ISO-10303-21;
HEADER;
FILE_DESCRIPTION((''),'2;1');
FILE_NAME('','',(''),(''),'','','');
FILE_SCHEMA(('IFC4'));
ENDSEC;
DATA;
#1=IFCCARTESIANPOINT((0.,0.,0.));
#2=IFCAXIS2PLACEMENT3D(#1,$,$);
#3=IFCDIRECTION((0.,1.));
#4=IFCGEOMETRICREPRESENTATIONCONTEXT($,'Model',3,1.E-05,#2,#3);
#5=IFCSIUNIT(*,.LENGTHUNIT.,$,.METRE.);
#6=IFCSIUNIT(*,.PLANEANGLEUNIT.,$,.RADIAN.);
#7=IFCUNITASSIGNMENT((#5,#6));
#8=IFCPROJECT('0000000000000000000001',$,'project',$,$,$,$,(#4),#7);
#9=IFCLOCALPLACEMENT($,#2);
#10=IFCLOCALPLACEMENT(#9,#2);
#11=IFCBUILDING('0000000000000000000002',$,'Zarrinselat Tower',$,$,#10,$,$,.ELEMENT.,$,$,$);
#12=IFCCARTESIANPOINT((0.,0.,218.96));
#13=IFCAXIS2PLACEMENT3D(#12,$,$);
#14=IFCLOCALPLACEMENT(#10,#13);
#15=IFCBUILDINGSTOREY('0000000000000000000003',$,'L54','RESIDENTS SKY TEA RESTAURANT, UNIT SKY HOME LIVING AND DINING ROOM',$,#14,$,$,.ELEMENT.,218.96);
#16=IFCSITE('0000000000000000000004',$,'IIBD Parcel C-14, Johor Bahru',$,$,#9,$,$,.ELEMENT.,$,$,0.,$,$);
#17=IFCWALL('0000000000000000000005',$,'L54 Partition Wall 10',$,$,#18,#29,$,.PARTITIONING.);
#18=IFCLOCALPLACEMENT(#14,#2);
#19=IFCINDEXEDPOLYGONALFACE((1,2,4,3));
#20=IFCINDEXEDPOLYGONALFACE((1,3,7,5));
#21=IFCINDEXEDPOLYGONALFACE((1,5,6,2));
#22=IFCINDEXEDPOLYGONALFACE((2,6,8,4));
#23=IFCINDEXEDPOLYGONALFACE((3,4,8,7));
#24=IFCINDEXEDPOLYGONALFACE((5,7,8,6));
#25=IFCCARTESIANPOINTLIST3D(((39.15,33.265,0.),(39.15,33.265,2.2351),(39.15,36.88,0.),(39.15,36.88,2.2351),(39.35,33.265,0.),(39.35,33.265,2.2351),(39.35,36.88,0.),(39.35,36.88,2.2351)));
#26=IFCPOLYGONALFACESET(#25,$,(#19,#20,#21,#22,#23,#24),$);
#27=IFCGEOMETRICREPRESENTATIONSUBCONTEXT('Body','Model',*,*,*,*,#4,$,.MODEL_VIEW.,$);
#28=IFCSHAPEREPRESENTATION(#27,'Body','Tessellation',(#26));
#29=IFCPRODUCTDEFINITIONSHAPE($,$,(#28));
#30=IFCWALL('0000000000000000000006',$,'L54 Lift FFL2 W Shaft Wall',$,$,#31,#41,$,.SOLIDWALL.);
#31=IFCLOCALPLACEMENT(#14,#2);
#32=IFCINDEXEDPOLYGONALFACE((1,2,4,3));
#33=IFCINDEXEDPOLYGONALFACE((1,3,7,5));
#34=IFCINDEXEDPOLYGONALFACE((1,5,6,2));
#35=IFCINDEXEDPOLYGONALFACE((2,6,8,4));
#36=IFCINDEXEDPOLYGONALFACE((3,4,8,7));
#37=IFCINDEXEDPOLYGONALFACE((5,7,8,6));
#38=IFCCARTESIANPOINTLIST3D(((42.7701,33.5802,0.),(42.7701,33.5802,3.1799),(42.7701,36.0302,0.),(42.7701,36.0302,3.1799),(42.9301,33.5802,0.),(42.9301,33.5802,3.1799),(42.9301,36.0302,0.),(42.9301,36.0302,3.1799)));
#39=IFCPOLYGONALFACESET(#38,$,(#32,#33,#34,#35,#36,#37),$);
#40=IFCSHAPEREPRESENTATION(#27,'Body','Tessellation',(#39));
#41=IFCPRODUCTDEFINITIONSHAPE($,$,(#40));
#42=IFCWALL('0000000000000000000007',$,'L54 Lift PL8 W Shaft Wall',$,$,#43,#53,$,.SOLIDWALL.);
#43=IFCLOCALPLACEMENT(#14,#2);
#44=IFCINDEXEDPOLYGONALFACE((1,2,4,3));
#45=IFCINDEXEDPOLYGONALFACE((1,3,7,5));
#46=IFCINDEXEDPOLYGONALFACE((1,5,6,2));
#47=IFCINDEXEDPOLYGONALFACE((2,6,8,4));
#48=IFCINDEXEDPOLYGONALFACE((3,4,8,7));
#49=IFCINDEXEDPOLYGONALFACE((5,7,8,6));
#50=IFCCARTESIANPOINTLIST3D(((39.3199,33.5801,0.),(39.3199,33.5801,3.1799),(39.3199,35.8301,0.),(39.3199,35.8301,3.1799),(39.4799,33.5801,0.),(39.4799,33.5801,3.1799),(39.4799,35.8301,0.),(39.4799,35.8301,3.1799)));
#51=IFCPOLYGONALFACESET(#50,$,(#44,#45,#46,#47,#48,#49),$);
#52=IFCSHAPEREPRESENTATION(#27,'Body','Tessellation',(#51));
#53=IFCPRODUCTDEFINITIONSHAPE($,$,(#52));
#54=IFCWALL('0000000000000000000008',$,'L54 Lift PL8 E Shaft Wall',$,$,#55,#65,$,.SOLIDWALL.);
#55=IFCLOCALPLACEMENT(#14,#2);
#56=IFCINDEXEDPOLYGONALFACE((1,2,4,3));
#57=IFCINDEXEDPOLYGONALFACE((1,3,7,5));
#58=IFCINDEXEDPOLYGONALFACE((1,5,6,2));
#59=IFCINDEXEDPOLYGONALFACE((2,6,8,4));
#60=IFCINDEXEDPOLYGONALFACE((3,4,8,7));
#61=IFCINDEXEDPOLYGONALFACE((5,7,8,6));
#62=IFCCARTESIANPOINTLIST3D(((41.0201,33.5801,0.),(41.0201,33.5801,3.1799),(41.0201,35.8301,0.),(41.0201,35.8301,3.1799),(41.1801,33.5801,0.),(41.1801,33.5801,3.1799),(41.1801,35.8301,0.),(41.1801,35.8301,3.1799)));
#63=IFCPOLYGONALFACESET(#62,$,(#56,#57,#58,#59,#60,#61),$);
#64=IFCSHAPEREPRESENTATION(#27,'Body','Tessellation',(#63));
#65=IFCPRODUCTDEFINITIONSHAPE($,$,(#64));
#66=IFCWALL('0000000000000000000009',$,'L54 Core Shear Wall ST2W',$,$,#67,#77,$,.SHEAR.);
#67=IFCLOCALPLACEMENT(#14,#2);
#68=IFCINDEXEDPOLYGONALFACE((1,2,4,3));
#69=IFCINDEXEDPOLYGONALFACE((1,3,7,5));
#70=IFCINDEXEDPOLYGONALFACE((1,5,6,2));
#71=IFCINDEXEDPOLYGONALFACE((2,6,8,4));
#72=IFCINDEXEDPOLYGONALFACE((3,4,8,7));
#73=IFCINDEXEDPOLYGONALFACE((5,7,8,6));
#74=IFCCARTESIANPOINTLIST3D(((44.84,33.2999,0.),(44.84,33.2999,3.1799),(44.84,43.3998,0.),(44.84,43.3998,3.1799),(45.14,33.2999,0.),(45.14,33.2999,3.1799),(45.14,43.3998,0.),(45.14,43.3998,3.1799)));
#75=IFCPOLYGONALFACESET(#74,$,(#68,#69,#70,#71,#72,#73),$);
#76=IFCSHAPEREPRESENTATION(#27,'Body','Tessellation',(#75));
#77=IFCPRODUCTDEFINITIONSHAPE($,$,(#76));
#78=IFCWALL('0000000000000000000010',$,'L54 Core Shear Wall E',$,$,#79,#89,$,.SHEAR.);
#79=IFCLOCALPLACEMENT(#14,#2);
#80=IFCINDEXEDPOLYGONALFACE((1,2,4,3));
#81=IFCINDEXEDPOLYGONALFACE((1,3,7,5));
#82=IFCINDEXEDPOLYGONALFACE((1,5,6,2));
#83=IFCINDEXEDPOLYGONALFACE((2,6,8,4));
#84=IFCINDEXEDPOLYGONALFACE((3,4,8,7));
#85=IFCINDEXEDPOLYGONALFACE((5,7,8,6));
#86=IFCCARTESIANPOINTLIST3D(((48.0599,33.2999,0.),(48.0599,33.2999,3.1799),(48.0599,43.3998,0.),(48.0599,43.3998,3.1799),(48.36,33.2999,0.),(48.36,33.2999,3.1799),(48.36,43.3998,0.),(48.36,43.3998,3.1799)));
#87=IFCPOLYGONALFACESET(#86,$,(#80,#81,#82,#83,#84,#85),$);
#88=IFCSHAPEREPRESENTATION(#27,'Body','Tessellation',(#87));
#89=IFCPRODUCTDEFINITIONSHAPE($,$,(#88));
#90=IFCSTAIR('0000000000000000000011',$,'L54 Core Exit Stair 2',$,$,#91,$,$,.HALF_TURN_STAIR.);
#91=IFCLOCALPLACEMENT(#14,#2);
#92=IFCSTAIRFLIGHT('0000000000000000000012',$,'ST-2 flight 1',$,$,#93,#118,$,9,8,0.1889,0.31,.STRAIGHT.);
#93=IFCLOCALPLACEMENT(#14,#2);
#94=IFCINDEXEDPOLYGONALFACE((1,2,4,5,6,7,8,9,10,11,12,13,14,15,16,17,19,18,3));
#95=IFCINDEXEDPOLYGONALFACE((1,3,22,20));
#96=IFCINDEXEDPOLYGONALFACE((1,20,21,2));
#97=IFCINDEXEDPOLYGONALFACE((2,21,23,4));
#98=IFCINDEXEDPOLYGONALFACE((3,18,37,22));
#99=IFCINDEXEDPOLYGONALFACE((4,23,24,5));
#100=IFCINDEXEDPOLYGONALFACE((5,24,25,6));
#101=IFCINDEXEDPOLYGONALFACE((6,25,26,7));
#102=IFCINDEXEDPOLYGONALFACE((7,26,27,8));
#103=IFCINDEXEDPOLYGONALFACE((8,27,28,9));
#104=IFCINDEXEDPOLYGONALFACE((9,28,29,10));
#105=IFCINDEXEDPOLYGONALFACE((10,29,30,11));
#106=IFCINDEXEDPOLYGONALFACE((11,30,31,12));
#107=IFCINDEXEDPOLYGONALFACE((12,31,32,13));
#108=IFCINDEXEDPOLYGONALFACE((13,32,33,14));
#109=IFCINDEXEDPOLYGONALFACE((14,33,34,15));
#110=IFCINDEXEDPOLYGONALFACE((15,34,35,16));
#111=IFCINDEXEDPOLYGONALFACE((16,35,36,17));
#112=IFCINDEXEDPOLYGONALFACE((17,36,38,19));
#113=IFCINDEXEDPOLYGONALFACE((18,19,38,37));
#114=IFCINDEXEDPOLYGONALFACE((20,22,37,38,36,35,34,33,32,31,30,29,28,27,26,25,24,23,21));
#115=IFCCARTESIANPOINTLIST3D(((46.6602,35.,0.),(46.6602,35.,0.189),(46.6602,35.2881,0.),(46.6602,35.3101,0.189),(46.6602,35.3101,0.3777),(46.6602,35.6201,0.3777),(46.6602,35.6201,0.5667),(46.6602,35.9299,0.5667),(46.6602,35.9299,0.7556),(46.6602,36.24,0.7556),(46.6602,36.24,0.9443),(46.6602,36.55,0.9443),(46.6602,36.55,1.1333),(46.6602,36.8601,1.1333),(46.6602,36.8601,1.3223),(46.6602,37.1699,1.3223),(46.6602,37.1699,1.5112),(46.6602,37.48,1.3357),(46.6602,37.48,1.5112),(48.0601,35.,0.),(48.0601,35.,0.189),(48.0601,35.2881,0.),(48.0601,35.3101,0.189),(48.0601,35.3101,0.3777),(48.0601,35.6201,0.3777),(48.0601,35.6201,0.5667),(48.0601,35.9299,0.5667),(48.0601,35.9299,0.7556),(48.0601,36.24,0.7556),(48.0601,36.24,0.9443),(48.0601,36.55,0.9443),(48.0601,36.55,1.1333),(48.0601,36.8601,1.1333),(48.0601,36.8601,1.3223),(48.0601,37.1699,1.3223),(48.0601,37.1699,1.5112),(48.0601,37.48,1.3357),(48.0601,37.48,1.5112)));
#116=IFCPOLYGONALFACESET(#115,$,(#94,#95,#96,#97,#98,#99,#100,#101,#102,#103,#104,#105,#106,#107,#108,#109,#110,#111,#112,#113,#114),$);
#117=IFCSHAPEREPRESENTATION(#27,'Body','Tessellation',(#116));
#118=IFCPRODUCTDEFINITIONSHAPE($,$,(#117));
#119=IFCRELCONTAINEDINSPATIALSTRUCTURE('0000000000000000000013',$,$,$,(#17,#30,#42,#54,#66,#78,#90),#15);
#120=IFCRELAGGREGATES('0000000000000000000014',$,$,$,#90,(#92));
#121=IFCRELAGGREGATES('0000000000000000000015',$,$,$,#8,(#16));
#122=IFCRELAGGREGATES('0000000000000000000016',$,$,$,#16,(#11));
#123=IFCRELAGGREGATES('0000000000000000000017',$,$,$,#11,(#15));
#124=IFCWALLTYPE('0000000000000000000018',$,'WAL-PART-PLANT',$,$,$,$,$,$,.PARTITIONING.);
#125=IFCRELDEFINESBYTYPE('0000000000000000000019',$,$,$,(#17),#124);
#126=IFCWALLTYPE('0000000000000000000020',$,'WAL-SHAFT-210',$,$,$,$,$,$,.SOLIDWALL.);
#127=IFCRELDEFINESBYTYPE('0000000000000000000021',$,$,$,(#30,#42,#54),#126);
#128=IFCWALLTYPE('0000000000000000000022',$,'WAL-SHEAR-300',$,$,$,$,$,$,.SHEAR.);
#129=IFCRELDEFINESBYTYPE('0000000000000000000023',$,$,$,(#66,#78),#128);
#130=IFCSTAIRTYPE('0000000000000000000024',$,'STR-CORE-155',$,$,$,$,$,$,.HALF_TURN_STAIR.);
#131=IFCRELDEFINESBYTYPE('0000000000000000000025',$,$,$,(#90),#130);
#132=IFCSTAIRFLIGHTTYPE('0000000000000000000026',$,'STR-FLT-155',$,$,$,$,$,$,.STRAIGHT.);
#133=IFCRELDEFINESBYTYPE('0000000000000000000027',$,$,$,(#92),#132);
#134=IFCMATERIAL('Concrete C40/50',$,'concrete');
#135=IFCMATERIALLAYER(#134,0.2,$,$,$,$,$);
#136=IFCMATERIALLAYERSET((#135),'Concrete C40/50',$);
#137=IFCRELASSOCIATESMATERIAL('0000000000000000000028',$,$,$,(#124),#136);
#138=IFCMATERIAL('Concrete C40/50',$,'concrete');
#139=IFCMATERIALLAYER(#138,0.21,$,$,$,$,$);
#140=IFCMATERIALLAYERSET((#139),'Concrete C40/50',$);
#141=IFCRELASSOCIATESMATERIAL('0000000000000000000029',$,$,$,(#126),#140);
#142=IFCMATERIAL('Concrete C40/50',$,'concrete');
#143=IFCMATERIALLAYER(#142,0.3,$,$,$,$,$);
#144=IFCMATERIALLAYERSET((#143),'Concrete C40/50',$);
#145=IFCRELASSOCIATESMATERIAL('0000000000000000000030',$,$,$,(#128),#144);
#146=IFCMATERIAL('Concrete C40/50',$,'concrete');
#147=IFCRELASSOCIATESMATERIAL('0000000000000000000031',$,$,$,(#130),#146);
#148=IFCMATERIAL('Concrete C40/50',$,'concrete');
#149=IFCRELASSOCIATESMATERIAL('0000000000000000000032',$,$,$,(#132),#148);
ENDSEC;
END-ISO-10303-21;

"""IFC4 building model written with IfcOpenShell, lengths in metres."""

from ifc_helpers import new_model, si_unit, direction, frame, frame_2d, origin, place, context, subcontext, project, spatial, polyline, rectangle, outline, extrude, material, layer, layer_set, type_object, element, aggregate, save


model = new_model("IFC4")

# Units and contexts
model_context = context("Model", 3, precision=1e-05, world=origin(), true_north=direction((0.0, 1.0)))
body_context = subcontext(model_context, "Body", "Model", "MODEL_VIEW")
ifc_project = project(units=[si_unit("LENGTHUNIT", "METRE"), si_unit("PLANEANGLEUNIT", "RADIAN")], contexts=[model_context])

# Site, building, storey
site_placement = place(None, origin())
site = spatial("IfcSite", under=ifc_project, at=site_placement, Name="IIBD Parcel C-14, Johor Bahru", CompositionType="ELEMENT", RefElevation=0.0)
building_placement = place(site_placement, origin())
building = spatial("IfcBuilding", under=site, at=building_placement, Name="Zarrinselat Tower", CompositionType="ELEMENT")
storey_placement = place(building_placement, frame((0.0, 0.0, 218.96)))
storey = spatial("IfcBuildingStorey", under=building, at=storey_placement, Name="L54", Description="RESIDENTS SKY TEA RESTAURANT, UNIT SKY HOME LIVING AND DINING ROOM", CompositionType="ELEMENT", Elevation=218.96)

# Walls
ifc_material_1 = material(Name="Concrete C40/50", Category="concrete")
ifc_layer_1 = layer(ifc_material_1, 0.2)
ifc_layer_set_1 = layer_set([ifc_layer_1], Name="Concrete C40/50")
wall_type_1 = type_object("IfcWallType", Name="WAL-PART-PLANT", PredefinedType="PARTITIONING", material=ifc_layer_set_1)
wall_1_placement = place(storey_placement, frame((39.25, 33.2649, 0.0), z_axis=(0.0, 0.0, 1.0), x_axis=(0.0, 1.0, 0.0)))
element("IfcWall", 1, at=wall_1_placement, inside=storey, type_object=wall_type_1, Name="L54 Partition Wall 10", PredefinedType="PARTITIONING", context=body_context, shape_type="SweptSolid", body=[
    extrude(rectangle(XDim=3.615, YDim=0.2, at=frame_2d((1.8076, 0.0))), origin(), (0.0, 0.0, 1.0), 2.2351),
])
ifc_material_2 = material(Name="Concrete C40/50", Category="concrete")
ifc_layer_2 = layer(ifc_material_2, 0.21)
ifc_layer_set_2 = layer_set([ifc_layer_2], Name="Concrete C40/50")
wall_type_2 = type_object("IfcWallType", Name="WAL-SHAFT-210", PredefinedType="SOLIDWALL", material=ifc_layer_set_2)
wall_2_placement = place(storey_placement, frame((42.8501, 33.5801, 0.0), z_axis=(0.0, 0.0, 1.0), x_axis=(0.0, 1.0, 0.0)))
element("IfcWall", 2, at=wall_2_placement, inside=storey, type_object=wall_type_2, Name="L54 Lift FFL2 W Shaft Wall", PredefinedType="SOLIDWALL", context=body_context, shape_type="SweptSolid", body=[
    extrude(rectangle(XDim=2.45, YDim=0.1599, at=frame_2d((1.2251, 0.0))), origin(), (0.0, 0.0, 1.0), 3.1799),
])
for number, where, z_axis, x_axis, name in (
    (3, (39.3999, 33.5801, 0.0), (0.0, 0.0, 1.0), (0.0, 1.0, 0.0), "L54 Lift PL8 W Shaft Wall"),
    (4, (41.1001, 33.5801, 0.0), (0.0, 0.0, 1.0), (0.0, 1.0, 0.0), "L54 Lift PL8 E Shaft Wall"),
):
    element("IfcWall", number, at=place(storey_placement, frame(where, z_axis=z_axis, x_axis=x_axis)), inside=storey, type_object=wall_type_2, Name=name, PredefinedType="SOLIDWALL", context=body_context, shape_type="SweptSolid", body=[
        extrude(rectangle(XDim=2.25, YDim=0.1599, at=frame_2d((1.125, 0.0))), origin(), (0.0, 0.0, 1.0), 3.1799),
    ])
ifc_material_3 = material(Name="Concrete C40/50", Category="concrete")
ifc_layer_3 = layer(ifc_material_3, 0.3)
ifc_layer_set_3 = layer_set([ifc_layer_3], Name="Concrete C40/50")
wall_type_3 = type_object("IfcWallType", Name="WAL-SHEAR-300", PredefinedType="SHEAR", material=ifc_layer_set_3)
for number, where, z_axis, x_axis, name in (
    (5, (44.99, 33.3, 0.0), (0.0, 0.0, 1.0), (0.0, 1.0, 0.0), "L54 Core Shear Wall ST2W"),
    (6, (48.21, 33.3, 0.0), (0.0, 0.0, 1.0), (0.0, 1.0, 0.0), "L54 Core Shear Wall E"),
):
    element("IfcWall", number, at=place(storey_placement, frame(where, z_axis=z_axis, x_axis=x_axis)), inside=storey, type_object=wall_type_3, Name=name, PredefinedType="SHEAR", context=body_context, shape_type="SweptSolid", body=[
        extrude(rectangle(XDim=10.0999, YDim=0.3, at=frame_2d((5.0498, 0.0))), origin(), (0.0, 0.0, 1.0), 3.1799),
    ])

# Stair, stair flight
ifc_material_4 = material(Name="Concrete C40/50", Category="concrete")
stair_type = type_object("IfcStairType", Name="STR-CORE-155", PredefinedType="HALF_TURN_STAIR", material=ifc_material_4)
stair_placement = place(storey_placement, origin())
stair = element("IfcStair", 7, at=stair_placement, inside=storey, type_object=stair_type, Name="L54 Core Exit Stair 2", PredefinedType="HALF_TURN_STAIR")
ifc_material_5 = material(Name="Concrete C40/50", Category="concrete")
stair_flight_type = type_object("IfcStairFlightType", Name="STR-FLT-155", PredefinedType="STRAIGHT", material=ifc_material_5)
stair_flight_placement = place(storey_placement, frame((47.3601, 35.0, 0.0), z_axis=(0.0, 0.0, 1.0), x_axis=(0.0, 1.0, 0.0)))
stair_flight = element("IfcStairFlight", 8, at=stair_flight_placement, type_object=stair_flight_type, Name="ST-2 flight 1", NumberOfRisers=9, NumberOfTreads=8, PredefinedType="STRAIGHT", RiserHeight=0.1889, TreadLength=0.31, context=body_context, shape_type="SweptSolid", body=[
    extrude(outline(polyline([(0.0, 0.0), (0.0, 0.189), (0.3101, 0.189), (0.3101, 0.3777), (0.6201, 0.3777), (0.6201, 0.5667), (0.9299, 0.5667), (0.9299, 0.7556), (1.24, 0.7556), (1.24, 0.9443), (1.55, 0.9443), (1.55, 1.1333), (1.8601, 1.1333), (1.8601, 1.3223), (2.1699, 1.3223), (2.1699, 1.5112), (2.48, 1.5112), (2.48, 1.7), (2.48, 1.3357), (0.2881, 0.0), (0.0, 0.0)])), frame((0.0, 0.7, 0.0), z_axis=(0.0, -1.0, 0.0), x_axis=(1.0, 0.0, 0.0)), (0.0, 0.0, 1.0), 1.3999),
])
aggregate(stair, [stair_flight])

save(model, "model.ifc")
